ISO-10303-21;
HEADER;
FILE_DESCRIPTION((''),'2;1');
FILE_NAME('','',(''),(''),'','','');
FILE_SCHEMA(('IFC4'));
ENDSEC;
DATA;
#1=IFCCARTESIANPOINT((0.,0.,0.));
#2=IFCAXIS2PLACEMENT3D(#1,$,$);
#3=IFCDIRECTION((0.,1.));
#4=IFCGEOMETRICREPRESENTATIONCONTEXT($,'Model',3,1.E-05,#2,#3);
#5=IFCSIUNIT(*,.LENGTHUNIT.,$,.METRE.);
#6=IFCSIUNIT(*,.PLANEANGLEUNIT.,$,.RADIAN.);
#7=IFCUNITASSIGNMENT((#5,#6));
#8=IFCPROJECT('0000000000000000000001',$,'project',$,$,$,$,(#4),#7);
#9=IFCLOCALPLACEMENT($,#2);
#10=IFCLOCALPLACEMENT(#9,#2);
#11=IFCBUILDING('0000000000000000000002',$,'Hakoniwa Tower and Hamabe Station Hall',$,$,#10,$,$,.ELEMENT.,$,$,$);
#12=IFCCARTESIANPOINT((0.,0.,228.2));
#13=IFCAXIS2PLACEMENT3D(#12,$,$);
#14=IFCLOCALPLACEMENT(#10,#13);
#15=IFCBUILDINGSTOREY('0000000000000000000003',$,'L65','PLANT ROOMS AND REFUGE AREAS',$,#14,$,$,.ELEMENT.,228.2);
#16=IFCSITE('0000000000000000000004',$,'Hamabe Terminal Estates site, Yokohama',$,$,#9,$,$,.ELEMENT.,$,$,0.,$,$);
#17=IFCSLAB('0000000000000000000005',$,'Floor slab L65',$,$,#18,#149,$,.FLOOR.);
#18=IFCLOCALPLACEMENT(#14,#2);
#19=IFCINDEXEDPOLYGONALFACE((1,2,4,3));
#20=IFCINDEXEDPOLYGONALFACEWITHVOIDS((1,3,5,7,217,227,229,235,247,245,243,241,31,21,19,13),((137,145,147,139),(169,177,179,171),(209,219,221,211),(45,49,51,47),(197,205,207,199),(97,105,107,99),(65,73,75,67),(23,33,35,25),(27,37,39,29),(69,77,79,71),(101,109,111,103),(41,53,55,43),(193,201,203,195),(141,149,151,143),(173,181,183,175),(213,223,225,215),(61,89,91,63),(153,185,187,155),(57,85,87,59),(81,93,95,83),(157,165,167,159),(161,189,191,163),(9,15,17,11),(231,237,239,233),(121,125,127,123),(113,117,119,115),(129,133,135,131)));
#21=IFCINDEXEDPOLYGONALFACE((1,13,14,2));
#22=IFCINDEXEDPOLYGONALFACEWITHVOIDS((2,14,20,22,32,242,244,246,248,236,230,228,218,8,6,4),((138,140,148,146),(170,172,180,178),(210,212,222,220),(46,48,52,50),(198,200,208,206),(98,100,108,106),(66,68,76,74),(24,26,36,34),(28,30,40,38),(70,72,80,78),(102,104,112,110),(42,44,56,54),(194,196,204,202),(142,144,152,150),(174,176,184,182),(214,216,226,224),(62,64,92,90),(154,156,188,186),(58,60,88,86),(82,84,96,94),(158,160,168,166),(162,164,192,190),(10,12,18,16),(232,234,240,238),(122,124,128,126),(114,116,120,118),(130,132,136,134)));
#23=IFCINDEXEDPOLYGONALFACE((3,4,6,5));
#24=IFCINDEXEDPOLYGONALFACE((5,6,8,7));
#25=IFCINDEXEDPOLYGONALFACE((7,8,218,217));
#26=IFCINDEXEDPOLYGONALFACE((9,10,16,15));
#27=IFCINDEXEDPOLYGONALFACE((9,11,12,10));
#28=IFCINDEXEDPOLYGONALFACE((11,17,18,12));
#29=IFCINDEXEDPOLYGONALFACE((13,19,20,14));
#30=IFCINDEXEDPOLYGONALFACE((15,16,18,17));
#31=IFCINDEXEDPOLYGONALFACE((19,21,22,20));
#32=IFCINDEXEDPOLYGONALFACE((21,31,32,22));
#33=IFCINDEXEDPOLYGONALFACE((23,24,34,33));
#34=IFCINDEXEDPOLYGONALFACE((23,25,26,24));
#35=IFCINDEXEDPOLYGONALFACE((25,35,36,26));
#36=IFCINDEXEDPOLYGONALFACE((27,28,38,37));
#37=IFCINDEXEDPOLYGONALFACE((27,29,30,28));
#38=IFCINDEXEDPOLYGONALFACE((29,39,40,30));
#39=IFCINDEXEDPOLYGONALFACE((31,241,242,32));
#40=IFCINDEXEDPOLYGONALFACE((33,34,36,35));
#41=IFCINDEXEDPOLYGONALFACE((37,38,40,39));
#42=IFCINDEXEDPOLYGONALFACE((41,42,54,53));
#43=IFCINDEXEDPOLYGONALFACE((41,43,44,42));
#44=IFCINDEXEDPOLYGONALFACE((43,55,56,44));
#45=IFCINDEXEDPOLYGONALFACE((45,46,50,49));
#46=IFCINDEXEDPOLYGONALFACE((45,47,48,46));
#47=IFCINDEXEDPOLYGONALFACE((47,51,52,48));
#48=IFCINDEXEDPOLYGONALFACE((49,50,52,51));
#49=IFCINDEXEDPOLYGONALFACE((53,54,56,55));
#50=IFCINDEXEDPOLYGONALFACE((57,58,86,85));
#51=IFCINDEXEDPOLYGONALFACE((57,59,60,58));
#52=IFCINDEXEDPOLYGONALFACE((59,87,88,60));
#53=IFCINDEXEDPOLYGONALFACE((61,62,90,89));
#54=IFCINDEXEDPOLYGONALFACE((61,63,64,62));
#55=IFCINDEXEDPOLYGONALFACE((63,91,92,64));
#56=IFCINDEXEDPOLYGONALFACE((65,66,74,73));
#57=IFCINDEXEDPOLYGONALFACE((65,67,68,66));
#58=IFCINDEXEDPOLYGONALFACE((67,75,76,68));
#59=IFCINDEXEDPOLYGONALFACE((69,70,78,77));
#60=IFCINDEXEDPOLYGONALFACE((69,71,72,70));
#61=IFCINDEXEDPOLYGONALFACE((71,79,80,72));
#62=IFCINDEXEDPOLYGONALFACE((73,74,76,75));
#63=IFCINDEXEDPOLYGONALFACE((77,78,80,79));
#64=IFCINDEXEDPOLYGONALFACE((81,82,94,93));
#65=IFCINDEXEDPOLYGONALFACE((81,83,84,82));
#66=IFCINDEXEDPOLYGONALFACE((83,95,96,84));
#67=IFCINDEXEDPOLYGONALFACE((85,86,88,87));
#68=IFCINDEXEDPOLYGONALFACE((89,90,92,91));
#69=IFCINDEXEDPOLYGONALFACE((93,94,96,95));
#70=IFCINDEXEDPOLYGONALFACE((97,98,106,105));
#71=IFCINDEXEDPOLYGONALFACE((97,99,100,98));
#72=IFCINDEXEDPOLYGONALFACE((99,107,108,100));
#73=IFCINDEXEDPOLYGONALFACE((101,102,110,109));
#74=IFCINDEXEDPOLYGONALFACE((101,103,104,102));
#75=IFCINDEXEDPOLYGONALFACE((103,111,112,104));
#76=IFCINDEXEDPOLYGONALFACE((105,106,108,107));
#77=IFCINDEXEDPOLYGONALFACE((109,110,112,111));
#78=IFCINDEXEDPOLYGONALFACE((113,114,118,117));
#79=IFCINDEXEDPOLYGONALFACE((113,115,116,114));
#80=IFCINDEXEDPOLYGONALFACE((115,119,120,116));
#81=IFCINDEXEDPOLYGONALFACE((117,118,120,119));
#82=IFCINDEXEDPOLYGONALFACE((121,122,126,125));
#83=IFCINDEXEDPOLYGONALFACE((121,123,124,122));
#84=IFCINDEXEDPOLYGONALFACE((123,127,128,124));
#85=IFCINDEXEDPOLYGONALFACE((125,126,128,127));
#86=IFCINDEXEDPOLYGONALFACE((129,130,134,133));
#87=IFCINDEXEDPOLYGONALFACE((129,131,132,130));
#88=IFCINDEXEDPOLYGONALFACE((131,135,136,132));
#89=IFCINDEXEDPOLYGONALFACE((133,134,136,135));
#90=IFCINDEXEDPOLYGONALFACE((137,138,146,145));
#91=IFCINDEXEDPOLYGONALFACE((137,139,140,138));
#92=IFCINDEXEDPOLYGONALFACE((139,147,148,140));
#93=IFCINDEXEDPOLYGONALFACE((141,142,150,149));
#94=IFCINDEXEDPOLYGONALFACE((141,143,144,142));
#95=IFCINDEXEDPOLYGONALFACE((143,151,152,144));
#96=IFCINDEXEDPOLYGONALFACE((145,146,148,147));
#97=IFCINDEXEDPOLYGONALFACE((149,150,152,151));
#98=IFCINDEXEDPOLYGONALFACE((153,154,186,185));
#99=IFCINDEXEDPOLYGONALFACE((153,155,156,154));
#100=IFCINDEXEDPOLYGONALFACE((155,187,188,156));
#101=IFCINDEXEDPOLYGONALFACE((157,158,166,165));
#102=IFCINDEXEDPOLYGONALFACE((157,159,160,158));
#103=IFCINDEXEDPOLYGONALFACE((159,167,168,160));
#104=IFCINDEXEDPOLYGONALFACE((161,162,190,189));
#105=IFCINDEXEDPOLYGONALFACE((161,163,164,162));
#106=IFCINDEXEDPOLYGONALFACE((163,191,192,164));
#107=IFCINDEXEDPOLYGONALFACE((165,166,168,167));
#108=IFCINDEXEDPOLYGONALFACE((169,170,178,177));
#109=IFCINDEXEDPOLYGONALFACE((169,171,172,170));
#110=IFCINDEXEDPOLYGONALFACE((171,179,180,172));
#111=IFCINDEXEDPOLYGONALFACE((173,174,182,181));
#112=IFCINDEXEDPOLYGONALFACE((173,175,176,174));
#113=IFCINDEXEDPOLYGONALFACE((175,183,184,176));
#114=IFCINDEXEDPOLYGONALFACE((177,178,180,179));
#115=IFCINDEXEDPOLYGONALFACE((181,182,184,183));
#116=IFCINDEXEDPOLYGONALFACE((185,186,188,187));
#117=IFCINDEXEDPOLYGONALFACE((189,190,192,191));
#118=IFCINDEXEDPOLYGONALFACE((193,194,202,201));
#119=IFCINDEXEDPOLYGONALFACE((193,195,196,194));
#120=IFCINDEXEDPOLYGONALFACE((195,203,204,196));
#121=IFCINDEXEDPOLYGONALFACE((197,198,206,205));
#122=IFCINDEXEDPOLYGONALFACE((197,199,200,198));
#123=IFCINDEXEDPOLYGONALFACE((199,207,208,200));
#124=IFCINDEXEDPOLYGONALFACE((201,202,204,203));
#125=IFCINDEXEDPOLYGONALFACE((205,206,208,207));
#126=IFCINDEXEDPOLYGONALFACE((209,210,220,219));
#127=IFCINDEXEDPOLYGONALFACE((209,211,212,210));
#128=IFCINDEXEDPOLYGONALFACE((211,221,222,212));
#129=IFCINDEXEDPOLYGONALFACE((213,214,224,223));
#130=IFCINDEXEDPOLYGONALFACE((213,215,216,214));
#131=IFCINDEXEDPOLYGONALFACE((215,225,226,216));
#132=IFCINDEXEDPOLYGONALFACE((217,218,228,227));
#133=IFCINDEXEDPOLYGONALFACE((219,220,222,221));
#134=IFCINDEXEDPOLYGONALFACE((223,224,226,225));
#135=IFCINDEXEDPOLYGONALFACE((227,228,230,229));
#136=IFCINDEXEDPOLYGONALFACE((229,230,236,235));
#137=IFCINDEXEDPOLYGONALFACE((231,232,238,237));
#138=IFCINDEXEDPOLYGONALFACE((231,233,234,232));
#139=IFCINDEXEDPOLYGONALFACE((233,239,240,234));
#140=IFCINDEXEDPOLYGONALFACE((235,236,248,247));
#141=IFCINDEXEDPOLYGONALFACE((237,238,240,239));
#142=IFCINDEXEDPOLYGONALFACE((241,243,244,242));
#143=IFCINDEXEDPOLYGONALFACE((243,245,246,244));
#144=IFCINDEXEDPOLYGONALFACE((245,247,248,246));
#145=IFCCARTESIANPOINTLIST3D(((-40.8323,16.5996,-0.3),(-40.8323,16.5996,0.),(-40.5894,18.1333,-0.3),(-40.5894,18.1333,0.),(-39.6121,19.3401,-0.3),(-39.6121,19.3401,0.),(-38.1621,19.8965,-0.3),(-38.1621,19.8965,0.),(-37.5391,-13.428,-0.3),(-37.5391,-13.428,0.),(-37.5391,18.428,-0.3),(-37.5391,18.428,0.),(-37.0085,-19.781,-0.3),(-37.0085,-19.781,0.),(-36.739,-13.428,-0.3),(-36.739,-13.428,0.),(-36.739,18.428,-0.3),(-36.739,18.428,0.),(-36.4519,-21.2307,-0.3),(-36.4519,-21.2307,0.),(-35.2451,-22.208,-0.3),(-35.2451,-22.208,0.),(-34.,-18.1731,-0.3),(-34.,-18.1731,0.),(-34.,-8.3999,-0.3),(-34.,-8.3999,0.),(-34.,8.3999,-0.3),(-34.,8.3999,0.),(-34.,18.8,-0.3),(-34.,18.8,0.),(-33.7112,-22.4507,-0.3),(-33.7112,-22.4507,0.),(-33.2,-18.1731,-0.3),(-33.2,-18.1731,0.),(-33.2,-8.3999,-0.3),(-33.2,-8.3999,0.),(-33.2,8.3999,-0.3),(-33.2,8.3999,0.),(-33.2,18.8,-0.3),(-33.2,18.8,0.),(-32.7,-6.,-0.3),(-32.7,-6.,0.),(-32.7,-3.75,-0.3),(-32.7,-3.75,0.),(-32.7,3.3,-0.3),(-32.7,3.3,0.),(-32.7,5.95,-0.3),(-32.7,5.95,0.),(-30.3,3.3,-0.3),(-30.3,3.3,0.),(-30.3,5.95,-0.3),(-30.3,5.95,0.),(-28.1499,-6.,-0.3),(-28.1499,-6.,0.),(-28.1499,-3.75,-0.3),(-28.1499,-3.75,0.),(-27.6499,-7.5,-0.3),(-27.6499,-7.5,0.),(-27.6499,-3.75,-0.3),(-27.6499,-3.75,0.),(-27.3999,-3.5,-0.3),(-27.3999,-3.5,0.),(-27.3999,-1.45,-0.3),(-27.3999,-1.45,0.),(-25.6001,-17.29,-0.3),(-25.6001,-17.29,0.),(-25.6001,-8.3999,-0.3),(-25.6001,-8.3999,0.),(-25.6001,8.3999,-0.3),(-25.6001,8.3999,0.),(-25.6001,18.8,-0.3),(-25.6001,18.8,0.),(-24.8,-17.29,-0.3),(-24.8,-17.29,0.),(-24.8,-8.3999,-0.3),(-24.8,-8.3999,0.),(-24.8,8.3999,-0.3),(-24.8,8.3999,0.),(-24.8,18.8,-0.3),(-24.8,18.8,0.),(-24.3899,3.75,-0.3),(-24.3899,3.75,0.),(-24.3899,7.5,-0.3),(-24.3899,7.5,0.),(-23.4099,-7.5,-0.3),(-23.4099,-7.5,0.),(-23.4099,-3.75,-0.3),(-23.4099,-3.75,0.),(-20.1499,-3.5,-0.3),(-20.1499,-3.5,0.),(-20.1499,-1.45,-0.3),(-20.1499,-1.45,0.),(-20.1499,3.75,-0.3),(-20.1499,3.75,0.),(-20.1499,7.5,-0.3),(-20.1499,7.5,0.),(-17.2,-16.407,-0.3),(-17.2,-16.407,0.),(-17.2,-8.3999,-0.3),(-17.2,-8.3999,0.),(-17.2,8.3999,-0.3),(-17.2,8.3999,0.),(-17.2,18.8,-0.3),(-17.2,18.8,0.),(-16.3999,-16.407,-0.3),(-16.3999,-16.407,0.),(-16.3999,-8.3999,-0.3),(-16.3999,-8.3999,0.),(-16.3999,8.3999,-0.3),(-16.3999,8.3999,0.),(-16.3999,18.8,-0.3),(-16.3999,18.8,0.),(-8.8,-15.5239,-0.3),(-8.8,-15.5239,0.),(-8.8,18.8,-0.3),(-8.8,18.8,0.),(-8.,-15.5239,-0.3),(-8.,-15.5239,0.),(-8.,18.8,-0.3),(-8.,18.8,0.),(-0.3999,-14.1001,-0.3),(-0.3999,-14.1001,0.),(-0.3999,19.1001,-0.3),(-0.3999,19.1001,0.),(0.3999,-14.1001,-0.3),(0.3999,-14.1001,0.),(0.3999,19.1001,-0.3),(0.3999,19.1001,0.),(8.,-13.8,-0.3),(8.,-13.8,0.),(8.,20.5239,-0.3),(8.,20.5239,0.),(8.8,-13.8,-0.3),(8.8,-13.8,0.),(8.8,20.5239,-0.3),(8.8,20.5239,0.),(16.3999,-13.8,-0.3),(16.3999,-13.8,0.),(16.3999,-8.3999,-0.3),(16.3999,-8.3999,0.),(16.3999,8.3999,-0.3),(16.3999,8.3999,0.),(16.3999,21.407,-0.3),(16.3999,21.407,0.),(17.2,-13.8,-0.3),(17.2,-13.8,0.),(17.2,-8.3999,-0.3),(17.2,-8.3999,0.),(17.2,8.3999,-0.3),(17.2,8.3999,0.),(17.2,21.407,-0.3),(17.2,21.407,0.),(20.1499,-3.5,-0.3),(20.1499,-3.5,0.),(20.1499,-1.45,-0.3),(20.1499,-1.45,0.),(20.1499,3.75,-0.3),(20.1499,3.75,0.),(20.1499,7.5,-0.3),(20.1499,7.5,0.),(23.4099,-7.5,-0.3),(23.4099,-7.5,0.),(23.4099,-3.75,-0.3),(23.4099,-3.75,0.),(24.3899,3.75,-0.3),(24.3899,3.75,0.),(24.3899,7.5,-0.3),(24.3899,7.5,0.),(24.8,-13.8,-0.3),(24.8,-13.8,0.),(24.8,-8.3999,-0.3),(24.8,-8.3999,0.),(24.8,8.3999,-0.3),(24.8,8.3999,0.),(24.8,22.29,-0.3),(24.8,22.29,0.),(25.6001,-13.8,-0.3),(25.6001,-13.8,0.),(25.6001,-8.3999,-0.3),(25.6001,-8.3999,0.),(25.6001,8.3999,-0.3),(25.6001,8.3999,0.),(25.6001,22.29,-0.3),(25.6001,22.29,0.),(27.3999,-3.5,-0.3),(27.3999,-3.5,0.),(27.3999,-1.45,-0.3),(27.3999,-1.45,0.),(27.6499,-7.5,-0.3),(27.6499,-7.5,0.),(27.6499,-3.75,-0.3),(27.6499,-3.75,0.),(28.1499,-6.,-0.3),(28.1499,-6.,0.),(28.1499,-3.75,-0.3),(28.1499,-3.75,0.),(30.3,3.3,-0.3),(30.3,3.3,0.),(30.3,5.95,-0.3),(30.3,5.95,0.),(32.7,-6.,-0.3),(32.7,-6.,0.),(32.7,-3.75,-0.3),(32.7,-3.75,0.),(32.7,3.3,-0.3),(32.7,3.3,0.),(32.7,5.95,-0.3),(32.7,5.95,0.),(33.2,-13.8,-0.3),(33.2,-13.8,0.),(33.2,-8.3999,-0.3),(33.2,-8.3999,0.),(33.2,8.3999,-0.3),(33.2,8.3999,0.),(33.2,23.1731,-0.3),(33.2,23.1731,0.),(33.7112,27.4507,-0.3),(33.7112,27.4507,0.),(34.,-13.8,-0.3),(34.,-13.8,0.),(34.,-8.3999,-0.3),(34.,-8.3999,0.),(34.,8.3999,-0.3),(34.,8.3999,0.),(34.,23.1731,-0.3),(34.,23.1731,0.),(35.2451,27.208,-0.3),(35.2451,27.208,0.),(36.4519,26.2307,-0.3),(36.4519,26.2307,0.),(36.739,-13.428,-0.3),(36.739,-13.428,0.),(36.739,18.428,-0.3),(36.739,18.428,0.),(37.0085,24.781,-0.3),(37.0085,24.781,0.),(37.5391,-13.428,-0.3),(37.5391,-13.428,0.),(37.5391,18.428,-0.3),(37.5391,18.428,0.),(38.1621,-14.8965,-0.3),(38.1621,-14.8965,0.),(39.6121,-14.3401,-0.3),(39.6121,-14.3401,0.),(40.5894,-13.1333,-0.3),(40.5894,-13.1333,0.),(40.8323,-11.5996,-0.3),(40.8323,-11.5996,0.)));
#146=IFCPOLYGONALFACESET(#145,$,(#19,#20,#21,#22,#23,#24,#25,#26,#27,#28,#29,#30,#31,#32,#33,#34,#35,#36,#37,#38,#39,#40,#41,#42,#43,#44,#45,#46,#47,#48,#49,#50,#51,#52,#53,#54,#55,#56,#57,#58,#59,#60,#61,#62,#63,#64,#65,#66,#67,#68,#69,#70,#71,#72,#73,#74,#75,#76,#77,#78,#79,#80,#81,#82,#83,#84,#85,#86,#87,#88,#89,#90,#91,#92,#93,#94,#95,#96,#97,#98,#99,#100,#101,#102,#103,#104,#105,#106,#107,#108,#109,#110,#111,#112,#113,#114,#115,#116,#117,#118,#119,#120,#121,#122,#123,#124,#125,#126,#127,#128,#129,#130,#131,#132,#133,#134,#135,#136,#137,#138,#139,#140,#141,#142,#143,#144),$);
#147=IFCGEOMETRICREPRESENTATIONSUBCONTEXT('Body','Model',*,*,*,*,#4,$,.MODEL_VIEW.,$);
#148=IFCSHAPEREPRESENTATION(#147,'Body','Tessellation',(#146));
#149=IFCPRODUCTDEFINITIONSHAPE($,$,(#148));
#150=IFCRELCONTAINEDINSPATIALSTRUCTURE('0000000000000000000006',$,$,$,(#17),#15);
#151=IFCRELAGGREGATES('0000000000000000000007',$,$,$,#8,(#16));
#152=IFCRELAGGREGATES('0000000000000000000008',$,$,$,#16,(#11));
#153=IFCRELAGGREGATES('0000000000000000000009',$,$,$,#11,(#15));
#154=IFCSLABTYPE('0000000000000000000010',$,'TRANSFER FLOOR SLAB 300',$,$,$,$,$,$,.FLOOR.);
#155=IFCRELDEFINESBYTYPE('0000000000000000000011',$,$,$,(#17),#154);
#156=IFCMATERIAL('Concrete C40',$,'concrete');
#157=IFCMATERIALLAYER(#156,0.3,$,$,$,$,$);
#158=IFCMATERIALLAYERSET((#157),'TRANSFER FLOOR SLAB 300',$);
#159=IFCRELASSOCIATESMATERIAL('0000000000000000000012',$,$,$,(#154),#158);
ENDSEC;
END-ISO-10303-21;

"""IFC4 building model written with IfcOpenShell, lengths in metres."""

from ifc_helpers import new_model, si_unit, direction, frame, origin, place, context, subcontext, project, spatial, polyline, outline, extrude, material, layer, layer_set, type_object, element, save


model = new_model("IFC4")

# Units and contexts
model_context = context("Model", 3, precision=1e-05, world=origin(), true_north=direction((0.0, 1.0)))
body_context = subcontext(model_context, "Body", "Model", "MODEL_VIEW")
ifc_project = project(units=[si_unit("LENGTHUNIT", "METRE"), si_unit("PLANEANGLEUNIT", "RADIAN")], contexts=[model_context])

# Site, building, storey
site_placement = place(None, origin())
site = spatial("IfcSite", under=ifc_project, at=site_placement, Name="Hamabe Terminal Estates site, Yokohama", CompositionType="ELEMENT", RefElevation=0.0)
building_placement = place(site_placement, origin())
building = spatial("IfcBuilding", under=site, at=building_placement, Name="Hakoniwa Tower and Hamabe Station Hall", CompositionType="ELEMENT")
storey_placement = place(building_placement, frame((0.0, 0.0, 228.2)))
storey = spatial("IfcBuildingStorey", under=building, at=storey_placement, Name="L65", Description="PLANT ROOMS AND REFUGE AREAS", CompositionType="ELEMENT", Elevation=228.2)

# Slab
ifc_material_1 = material(Name="Concrete C40", Category="concrete")
ifc_layer_1 = layer(ifc_material_1, 0.3)
ifc_layer_set_1 = layer_set([ifc_layer_1], Name="TRANSFER FLOOR SLAB 300")
slab_type = type_object("IfcSlabType", Name="TRANSFER FLOOR SLAB 300", PredefinedType="FLOOR", material=ifc_layer_set_1)
slab_placement = place(storey_placement, frame((0.0, 0.0, -0.3)))
element("IfcSlab", 1, at=slab_placement, inside=storey, type_object=slab_type, Name="Floor slab L65", PredefinedType="FLOOR", context=body_context, shape_type="SweptSolid", body=[
    extrude(outline(polyline([(40.8323, -11.5996), (37.0085, 24.781), (36.4519, 26.2307), (35.2451, 27.208), (33.7112, 27.4507), (-38.1621, 19.8965), (-39.6121, 19.3401), (-40.5894, 18.1333), (-40.8323, 16.5996), (-37.0085, -19.781), (-36.4519, -21.2307), (-35.2451, -22.208), (-33.7112, -22.4507), (38.1621, -14.8965), (39.6121, -14.3401), (40.5894, -13.1333), (40.8323, -11.5996)]), holes=[polyline([(-27.3999, -3.5), (-27.3999, -1.45), (-20.1499, -1.45), (-20.1499, -3.5), (-27.3999, -3.5)]), polyline([(-32.7, 3.3), (-32.7, 5.95), (-30.3, 5.95), (-30.3, 3.3), (-32.7, 3.3)]), polyline([(-32.7, -6.0), (-32.7, -3.75), (-28.1499, -3.75), (-28.1499, -6.0), (-32.7, -6.0)]), polyline([(-24.3899, 3.75), (-24.3899, 7.5), (-20.1499, 7.5), (-20.1499, 3.75), (-24.3899, 3.75)]), polyline([(-27.6499, -7.5), (-27.6499, -3.75), (-23.4099, -3.75), (-23.4099, -7.5), (-27.6499, -7.5)]), polyline([(20.1499, -3.5), (20.1499, -1.45), (27.3999, -1.45), (27.3999, -3.5), (20.1499, -3.5)]), polyline([(30.3, 3.3), (30.3, 5.95), (32.7, 5.95), (32.7, 3.3), (30.3, 3.3)]), polyline([(28.1499, -6.0), (28.1499, -3.75), (32.7, -3.75), (32.7, -6.0), (28.1499, -6.0)]), polyline([(20.1499, 3.75), (20.1499, 7.5), (24.3899, 7.5), (24.3899, 3.75), (20.1499, 3.75)]), polyline([(23.4099, -7.5), (23.4099, -3.75), (27.6499, -3.75), (27.6499, -7.5), (23.4099, -7.5)]), polyline([(-34.0, -18.1731), (-34.0, -8.3999), (-33.2, -8.3999), (-33.2, -18.1731), (-34.0, -18.1731)]), polyline([(-25.6001, -17.29), (-25.6001, -8.3999), (-24.8, -8.3999), (-24.8, -17.29), (-25.6001, -17.29)]), polyline([(-17.2, -16.407), (-17.2, -8.3999), (-16.3999, -8.3999), (-16.3999, -16.407), (-17.2, -16.407)]), polyline([(-8.8, -15.5239), (-8.8, 18.8), (-8.0, 18.8), (-8.0, -15.5239), (-8.8, -15.5239)]), polyline([(-37.5391, -13.428), (-37.5391, 18.428), (-36.739, 18.428), (-36.739, -13.428), (-37.5391, -13.428)]), polyline([(-0.3999, -14.1001), (-0.3999, 19.1001), (0.3999, 19.1001), (0.3999, -14.1001), (-0.3999, -14.1001)]), polyline([(-34.0, 8.3999), (-34.0, 18.8), (-33.2, 18.8), (-33.2, 8.3999), (-34.0, 8.3999)]), polyline([(-25.6001, 8.3999), (-25.6001, 18.8), (-24.8, 18.8), (-24.8, 8.3999), (-25.6001, 8.3999)]), polyline([(-17.2, 8.3999), (-17.2, 18.8), (-16.3999, 18.8), (-16.3999, 8.3999), (-17.2, 8.3999)]), polyline([(16.3999, -13.8), (16.3999, -8.3999), (17.2, -8.3999), (17.2, -13.8), (16.3999, -13.8)]), polyline([(24.8, -13.8), (24.8, -8.3999), (25.6001, -8.3999), (25.6001, -13.8), (24.8, -13.8)]), polyline([(33.2, -13.8), (33.2, -8.3999), (34.0, -8.3999), (34.0, -13.8), (33.2, -13.8)]), polyline([(36.739, -13.428), (36.739, 18.428), (37.5391, 18.428), (37.5391, -13.428), (36.739, -13.428)]), polyline([(8.0, -13.8), (8.0, 20.5239), (8.8, 20.5239), (8.8, -13.8), (8.0, -13.8)]), polyline([(16.3999, 8.3999), (16.3999, 21.407), (17.2, 21.407), (17.2, 8.3999), (16.3999, 8.3999)]), polyline([(24.8, 22.29), (25.6001, 22.29), (25.6001, 8.3999), (24.8, 8.3999), (24.8, 22.29)]), polyline([(33.2, 23.1731), (34.0, 23.1731), (34.0, 8.3999), (33.2, 8.3999), (33.2, 23.1731)])]), origin(), (0.0, 0.0, 1.0), 0.3),
])

save(model, "model.ifc")
